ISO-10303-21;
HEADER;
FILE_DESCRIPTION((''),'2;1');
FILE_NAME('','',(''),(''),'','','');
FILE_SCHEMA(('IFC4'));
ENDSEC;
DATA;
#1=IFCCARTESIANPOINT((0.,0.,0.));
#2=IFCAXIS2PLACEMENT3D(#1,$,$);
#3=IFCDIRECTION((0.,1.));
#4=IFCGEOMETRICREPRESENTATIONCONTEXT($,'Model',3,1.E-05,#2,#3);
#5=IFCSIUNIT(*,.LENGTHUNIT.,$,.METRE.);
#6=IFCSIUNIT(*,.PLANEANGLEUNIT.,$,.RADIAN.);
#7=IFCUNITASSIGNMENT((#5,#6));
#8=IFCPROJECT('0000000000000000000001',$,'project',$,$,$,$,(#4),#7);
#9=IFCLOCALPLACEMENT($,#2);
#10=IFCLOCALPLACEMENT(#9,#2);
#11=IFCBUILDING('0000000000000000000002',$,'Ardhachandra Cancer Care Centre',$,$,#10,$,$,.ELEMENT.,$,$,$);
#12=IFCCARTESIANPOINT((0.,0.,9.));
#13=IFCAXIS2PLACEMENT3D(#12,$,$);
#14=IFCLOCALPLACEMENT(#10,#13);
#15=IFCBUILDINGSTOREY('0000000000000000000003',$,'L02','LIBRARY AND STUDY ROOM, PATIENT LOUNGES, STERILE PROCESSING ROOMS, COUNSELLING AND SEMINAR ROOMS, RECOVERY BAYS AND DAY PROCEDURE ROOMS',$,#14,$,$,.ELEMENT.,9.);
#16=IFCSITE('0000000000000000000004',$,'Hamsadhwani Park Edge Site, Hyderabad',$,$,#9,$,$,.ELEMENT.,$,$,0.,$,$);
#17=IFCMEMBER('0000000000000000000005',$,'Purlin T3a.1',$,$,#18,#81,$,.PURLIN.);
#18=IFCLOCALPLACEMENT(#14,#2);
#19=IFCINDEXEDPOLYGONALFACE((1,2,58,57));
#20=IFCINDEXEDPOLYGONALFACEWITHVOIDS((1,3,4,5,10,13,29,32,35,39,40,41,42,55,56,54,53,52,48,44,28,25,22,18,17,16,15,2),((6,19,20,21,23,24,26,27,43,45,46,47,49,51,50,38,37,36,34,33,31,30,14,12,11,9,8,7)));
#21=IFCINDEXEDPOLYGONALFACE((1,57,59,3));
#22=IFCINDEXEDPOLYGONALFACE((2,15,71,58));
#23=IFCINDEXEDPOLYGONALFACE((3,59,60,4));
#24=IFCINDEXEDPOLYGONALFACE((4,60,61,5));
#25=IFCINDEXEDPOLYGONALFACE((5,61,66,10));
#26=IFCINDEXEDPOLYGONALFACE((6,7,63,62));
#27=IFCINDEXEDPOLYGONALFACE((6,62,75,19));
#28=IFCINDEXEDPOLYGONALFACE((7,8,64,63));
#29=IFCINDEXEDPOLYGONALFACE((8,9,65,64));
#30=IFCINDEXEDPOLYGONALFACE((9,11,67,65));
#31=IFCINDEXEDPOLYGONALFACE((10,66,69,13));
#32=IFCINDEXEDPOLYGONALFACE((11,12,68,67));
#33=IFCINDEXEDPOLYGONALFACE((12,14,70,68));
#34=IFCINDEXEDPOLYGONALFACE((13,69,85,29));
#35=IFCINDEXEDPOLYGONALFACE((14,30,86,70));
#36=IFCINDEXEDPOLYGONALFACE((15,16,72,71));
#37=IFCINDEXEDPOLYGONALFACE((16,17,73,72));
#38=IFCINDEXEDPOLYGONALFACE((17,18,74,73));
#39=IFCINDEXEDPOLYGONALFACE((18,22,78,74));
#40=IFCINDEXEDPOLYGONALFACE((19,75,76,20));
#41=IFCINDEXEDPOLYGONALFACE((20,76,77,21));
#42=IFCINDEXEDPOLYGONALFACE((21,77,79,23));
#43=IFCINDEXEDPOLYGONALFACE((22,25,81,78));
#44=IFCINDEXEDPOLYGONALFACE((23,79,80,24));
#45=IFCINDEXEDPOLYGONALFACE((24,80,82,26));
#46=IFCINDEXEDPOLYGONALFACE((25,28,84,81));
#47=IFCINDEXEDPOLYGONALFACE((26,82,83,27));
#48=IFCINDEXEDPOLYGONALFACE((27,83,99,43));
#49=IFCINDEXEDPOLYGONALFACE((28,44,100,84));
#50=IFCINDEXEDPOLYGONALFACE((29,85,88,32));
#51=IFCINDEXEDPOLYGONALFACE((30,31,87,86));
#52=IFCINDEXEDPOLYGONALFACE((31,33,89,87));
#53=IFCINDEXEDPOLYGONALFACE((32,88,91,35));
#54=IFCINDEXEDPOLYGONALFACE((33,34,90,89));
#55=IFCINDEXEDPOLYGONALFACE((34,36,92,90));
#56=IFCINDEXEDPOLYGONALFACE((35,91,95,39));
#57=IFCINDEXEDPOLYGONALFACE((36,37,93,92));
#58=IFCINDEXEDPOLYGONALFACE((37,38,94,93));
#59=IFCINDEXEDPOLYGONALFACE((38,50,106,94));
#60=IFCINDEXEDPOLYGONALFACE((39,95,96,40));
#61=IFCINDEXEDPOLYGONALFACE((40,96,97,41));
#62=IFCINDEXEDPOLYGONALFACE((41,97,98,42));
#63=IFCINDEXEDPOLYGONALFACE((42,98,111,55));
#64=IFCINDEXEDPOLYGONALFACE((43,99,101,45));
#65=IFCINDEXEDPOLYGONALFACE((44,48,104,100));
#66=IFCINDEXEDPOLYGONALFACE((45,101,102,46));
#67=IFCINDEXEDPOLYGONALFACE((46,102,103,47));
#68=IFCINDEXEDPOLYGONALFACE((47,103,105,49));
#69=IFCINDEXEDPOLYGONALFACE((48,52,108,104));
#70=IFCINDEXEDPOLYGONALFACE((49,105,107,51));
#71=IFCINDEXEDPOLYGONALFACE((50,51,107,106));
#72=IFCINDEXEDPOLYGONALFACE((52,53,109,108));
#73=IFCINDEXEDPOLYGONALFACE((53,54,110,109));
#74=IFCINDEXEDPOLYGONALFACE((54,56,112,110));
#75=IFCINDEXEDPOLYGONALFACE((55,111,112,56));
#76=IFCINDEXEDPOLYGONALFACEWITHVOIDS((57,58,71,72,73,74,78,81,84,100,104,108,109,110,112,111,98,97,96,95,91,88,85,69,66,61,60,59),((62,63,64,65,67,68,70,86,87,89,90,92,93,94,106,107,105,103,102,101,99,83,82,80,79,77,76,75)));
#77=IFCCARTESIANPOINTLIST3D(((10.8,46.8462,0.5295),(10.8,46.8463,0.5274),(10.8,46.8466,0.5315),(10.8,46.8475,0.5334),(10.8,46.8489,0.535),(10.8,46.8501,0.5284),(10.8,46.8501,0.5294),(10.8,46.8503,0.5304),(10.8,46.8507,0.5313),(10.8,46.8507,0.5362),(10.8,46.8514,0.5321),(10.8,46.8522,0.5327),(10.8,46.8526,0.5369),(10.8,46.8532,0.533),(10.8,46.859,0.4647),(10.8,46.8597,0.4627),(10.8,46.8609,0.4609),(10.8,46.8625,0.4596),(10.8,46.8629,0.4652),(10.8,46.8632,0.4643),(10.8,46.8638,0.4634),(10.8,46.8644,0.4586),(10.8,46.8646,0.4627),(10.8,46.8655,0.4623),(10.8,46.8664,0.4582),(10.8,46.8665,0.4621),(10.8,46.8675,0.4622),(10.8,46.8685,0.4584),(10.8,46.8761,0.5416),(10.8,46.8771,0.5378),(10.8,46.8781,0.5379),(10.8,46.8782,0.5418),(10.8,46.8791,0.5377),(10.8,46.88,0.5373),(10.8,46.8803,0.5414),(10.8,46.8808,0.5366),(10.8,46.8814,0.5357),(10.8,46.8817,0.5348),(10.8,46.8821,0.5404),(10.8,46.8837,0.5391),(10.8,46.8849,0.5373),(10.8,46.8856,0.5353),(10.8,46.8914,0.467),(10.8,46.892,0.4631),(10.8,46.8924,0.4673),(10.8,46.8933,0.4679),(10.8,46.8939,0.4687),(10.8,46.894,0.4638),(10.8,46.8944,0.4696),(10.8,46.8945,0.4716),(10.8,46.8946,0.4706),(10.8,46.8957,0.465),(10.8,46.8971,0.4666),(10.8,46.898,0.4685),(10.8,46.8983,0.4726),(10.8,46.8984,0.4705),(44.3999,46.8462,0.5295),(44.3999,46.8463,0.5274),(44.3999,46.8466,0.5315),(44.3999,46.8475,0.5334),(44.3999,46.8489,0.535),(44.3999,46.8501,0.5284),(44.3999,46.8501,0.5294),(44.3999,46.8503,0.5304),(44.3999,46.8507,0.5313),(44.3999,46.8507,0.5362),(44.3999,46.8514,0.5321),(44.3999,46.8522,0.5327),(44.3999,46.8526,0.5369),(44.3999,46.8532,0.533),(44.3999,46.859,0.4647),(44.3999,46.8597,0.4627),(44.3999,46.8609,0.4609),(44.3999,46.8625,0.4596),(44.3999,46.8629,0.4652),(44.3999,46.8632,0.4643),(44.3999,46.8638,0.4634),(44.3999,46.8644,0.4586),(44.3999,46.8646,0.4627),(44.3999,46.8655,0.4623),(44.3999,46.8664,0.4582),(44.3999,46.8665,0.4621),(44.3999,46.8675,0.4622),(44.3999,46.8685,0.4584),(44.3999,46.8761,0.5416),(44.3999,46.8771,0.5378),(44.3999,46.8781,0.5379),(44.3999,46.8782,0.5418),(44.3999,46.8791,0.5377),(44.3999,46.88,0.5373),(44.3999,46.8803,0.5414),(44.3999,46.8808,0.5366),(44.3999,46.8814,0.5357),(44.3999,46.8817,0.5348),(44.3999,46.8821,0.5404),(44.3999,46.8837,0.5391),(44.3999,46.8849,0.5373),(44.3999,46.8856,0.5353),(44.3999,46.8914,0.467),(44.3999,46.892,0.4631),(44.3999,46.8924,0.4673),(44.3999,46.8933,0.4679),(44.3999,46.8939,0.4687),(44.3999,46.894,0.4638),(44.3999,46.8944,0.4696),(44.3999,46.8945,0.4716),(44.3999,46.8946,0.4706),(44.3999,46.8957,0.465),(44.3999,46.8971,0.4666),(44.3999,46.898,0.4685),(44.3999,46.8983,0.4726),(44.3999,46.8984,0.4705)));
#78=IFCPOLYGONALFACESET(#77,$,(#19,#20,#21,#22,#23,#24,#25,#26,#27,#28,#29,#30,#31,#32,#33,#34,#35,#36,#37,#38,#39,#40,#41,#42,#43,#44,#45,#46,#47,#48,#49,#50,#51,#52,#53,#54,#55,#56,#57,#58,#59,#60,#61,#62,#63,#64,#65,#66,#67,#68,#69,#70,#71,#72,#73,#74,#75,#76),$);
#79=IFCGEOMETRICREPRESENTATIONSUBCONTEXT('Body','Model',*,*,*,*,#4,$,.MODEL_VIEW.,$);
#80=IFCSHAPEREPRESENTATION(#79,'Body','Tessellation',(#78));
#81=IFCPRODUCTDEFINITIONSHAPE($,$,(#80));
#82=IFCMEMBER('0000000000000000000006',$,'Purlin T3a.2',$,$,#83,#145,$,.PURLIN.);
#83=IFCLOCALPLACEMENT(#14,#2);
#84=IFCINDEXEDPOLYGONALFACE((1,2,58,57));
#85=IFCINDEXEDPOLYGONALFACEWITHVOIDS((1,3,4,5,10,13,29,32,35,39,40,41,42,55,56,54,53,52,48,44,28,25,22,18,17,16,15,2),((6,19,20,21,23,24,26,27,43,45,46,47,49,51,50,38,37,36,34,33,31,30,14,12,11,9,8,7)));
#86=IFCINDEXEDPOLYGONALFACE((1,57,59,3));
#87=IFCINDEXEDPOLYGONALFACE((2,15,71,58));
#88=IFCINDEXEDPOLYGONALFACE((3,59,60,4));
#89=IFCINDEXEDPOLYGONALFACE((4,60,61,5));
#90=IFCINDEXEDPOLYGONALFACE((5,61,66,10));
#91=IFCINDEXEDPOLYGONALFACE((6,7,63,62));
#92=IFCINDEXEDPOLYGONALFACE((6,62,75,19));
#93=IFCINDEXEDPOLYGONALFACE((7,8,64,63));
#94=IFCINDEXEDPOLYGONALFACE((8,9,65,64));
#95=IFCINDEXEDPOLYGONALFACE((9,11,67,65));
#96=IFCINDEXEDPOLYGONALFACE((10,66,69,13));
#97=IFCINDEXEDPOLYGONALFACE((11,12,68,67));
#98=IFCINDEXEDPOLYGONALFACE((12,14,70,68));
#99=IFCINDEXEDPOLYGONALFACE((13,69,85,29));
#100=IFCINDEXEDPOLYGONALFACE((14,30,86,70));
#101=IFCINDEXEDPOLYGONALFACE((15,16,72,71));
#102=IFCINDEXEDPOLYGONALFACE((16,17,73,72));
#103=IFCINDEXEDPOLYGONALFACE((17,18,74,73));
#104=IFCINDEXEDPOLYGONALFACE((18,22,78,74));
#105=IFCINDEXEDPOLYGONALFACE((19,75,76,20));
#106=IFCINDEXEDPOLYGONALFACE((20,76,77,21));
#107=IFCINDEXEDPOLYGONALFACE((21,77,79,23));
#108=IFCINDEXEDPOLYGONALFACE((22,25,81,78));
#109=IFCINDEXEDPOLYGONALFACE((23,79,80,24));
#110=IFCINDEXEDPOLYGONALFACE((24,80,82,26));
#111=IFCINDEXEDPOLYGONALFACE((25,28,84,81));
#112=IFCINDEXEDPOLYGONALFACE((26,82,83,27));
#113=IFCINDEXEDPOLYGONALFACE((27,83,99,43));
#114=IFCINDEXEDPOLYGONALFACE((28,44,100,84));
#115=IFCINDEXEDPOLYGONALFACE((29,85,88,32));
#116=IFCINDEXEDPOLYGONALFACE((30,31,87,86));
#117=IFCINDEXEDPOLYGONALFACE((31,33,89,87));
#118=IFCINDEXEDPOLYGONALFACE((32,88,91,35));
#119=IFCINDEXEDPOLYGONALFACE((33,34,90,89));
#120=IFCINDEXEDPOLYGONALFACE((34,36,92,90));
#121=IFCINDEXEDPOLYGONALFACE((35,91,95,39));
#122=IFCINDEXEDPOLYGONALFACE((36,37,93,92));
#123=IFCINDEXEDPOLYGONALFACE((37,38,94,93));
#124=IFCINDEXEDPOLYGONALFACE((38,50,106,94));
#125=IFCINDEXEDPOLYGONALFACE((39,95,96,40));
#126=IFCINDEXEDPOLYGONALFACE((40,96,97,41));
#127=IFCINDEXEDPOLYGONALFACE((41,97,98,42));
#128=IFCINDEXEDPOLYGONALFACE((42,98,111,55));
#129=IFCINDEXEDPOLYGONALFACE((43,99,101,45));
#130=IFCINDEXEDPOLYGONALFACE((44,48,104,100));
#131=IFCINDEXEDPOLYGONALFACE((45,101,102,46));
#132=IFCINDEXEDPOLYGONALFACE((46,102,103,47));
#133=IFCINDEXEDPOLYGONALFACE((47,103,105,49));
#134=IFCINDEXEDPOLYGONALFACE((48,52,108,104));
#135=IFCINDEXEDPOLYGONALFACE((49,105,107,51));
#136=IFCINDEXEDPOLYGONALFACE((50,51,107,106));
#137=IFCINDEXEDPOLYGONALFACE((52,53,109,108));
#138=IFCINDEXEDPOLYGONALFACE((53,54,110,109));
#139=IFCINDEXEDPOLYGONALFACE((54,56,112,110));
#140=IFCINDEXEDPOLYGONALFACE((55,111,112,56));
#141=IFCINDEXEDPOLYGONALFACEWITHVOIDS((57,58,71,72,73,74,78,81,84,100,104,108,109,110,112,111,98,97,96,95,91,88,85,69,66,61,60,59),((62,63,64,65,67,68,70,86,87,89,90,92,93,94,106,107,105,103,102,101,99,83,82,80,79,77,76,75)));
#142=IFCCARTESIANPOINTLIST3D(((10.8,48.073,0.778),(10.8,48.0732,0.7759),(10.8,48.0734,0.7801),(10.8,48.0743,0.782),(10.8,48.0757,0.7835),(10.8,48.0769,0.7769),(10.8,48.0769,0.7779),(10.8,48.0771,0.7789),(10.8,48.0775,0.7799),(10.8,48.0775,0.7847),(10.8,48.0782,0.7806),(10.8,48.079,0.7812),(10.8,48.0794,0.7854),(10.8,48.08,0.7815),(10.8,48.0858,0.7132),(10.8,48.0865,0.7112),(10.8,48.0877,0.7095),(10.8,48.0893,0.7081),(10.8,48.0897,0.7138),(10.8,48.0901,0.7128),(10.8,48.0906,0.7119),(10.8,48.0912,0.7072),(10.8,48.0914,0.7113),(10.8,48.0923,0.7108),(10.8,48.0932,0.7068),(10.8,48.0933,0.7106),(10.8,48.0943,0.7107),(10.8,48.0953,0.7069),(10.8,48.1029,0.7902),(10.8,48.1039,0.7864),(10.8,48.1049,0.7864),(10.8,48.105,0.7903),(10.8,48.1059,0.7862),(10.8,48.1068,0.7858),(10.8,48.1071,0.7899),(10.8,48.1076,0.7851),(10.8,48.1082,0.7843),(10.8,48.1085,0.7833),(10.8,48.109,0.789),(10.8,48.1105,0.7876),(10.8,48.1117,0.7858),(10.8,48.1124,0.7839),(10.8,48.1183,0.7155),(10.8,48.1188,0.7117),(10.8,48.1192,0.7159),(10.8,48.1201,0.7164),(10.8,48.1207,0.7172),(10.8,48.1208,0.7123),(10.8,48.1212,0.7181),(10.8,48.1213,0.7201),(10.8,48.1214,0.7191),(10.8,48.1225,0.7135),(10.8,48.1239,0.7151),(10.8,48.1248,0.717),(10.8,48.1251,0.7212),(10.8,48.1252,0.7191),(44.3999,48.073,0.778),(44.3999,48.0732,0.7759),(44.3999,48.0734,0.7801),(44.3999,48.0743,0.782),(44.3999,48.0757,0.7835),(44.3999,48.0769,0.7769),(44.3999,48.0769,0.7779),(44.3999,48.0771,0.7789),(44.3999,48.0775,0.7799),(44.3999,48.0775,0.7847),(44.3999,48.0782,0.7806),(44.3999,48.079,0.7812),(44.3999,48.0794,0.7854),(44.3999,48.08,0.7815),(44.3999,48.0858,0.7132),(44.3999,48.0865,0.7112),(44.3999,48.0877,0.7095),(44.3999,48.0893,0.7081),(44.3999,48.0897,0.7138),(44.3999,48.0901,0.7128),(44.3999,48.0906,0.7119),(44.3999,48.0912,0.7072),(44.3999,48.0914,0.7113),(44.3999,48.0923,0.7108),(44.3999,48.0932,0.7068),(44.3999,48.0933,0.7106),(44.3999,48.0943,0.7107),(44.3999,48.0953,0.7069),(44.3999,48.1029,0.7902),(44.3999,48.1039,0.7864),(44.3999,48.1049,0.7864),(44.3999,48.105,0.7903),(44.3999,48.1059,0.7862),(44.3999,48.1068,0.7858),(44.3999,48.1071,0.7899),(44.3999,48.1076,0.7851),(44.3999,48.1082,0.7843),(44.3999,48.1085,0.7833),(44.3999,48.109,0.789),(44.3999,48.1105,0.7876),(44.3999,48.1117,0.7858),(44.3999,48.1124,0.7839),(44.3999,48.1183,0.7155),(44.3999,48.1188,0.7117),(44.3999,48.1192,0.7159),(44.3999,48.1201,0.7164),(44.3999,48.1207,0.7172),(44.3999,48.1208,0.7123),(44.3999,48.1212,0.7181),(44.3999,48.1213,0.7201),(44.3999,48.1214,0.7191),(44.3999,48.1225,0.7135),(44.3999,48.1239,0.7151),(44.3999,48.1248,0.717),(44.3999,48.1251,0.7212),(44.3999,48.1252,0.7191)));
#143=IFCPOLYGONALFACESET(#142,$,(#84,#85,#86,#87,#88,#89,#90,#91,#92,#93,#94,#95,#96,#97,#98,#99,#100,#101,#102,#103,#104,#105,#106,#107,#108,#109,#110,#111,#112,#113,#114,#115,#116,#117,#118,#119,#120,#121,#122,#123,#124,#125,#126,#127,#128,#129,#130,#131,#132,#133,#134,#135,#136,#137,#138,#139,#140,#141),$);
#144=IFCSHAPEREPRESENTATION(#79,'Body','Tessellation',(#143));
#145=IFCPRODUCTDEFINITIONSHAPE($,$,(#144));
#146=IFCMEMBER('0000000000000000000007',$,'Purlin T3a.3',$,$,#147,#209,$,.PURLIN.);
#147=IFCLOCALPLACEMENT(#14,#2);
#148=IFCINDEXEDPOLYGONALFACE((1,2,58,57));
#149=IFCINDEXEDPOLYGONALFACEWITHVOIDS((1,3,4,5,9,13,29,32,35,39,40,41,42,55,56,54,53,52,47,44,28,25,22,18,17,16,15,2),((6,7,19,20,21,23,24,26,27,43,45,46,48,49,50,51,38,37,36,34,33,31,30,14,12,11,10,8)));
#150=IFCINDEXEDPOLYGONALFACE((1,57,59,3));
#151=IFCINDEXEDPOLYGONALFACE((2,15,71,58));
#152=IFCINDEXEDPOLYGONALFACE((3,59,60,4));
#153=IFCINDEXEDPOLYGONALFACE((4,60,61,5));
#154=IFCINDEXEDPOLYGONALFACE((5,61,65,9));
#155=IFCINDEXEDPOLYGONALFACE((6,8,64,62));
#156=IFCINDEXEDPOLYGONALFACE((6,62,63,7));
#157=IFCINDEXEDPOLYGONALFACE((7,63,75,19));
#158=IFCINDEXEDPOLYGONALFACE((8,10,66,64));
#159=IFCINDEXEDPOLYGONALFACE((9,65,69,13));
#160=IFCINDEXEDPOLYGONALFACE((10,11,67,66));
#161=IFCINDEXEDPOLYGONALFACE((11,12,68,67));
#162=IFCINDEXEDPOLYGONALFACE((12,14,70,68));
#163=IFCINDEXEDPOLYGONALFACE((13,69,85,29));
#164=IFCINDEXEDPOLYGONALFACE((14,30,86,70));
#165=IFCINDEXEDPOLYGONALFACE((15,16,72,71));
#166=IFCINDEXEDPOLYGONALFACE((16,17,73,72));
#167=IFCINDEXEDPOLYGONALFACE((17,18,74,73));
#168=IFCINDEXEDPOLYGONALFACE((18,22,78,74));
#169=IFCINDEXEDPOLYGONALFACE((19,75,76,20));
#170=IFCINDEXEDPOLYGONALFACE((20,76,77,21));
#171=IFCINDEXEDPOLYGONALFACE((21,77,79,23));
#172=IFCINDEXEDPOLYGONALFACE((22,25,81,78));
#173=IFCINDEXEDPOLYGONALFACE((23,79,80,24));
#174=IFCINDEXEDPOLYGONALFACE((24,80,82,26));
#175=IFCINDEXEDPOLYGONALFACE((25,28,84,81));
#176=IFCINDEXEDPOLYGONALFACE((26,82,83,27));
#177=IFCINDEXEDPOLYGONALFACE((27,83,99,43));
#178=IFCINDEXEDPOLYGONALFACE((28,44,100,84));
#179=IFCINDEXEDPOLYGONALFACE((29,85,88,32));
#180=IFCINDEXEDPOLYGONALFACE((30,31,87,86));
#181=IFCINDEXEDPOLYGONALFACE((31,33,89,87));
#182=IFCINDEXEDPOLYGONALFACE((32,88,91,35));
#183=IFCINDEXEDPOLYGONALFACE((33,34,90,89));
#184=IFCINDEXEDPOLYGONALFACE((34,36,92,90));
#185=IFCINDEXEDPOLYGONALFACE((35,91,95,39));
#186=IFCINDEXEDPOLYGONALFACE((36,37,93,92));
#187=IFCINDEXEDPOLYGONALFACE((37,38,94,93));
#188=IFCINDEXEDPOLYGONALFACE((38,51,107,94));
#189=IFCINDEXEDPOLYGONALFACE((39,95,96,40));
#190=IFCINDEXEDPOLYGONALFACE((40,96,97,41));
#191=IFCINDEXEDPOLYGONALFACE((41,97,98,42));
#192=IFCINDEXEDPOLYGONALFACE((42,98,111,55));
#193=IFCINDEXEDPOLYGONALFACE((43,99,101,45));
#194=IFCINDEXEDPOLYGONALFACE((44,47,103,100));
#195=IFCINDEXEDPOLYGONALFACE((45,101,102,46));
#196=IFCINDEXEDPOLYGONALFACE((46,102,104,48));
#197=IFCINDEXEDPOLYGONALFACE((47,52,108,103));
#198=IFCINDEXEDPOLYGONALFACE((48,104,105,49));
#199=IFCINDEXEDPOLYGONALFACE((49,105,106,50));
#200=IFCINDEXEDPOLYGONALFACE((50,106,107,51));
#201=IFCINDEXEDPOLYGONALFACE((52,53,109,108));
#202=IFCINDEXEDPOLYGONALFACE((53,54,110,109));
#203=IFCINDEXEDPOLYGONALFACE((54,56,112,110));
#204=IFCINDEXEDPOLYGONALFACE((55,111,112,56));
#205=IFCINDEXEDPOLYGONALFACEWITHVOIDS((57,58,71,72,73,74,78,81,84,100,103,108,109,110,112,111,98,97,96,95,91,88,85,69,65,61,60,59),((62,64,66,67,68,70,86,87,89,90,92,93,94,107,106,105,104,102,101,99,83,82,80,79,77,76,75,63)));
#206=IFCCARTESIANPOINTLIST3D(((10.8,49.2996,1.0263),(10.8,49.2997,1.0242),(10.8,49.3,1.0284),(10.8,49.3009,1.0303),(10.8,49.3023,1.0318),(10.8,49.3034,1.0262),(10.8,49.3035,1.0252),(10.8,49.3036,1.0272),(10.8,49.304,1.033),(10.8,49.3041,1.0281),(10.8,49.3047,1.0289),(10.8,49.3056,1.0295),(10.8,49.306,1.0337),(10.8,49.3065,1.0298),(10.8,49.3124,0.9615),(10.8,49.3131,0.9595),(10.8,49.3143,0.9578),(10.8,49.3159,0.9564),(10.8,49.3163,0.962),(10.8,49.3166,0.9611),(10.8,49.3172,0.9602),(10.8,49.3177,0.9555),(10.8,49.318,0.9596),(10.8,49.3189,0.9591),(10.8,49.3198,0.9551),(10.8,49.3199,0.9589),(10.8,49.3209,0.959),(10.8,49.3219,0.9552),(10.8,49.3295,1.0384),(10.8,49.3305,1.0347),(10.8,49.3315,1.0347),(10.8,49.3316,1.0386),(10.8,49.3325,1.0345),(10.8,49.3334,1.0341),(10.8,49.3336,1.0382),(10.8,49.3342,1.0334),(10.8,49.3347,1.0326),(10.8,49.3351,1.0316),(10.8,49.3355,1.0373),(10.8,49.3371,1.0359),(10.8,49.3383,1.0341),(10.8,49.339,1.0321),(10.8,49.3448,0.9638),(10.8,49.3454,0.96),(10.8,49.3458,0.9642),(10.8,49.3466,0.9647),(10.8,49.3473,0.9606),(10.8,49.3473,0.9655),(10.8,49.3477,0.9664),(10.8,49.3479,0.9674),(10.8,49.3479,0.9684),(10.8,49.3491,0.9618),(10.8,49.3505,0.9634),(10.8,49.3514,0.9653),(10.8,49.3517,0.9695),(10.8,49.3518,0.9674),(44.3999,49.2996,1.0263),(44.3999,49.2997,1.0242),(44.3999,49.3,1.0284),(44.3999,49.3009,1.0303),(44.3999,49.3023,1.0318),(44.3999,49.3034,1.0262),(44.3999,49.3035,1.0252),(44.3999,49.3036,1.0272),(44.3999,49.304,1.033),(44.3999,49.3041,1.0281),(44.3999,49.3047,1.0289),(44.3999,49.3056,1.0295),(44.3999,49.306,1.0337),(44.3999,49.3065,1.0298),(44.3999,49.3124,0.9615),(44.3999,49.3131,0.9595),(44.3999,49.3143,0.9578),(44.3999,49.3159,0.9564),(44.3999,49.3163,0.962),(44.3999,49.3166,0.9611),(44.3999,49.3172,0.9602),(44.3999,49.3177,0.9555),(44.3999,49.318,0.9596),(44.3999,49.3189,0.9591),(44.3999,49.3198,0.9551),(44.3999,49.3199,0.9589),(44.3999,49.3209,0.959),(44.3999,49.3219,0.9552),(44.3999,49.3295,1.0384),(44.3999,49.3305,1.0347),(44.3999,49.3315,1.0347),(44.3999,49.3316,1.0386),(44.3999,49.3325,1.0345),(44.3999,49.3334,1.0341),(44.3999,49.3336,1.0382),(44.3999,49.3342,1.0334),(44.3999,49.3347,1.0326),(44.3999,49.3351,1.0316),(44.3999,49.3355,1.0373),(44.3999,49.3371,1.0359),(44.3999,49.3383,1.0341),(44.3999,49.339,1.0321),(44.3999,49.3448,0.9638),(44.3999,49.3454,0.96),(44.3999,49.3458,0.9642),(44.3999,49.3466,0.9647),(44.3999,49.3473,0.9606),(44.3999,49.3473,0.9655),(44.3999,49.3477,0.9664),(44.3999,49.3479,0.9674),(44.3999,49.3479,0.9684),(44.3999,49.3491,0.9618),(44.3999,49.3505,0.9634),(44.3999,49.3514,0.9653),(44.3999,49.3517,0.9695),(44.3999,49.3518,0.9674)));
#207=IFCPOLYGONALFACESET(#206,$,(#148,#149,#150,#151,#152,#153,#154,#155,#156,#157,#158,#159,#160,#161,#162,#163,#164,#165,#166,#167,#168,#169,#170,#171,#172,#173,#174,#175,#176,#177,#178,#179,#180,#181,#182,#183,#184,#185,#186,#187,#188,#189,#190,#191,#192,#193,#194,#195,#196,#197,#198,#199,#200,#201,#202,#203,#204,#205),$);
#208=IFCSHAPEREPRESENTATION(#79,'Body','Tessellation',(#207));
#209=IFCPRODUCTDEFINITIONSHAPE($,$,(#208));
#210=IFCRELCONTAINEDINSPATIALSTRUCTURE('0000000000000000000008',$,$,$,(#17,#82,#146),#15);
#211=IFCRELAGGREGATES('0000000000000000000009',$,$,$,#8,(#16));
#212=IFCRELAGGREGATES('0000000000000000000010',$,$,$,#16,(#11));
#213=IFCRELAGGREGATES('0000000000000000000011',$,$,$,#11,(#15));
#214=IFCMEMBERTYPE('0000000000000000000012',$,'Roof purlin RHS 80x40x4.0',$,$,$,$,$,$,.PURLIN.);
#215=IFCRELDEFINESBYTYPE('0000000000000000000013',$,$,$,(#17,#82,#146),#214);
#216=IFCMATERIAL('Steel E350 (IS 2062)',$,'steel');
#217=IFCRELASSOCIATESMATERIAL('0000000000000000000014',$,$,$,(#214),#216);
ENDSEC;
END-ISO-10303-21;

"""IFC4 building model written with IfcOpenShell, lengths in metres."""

from ifc_helpers import new_model, si_unit, direction, frame, origin, origin_2d, place, context, subcontext, project, spatial, hollow_rectangle, extrude, material, material_profile, profile_set, type_object, element, save


model = new_model("IFC4")

# Units and contexts
model_context = context("Model", 3, precision=1e-05, world=origin(), true_north=direction((0.0, 1.0)))
body_context = subcontext(model_context, "Body", "Model", "MODEL_VIEW")
ifc_project = project(units=[si_unit("LENGTHUNIT", "METRE"), si_unit("PLANEANGLEUNIT", "RADIAN")], contexts=[model_context])

# Site, building, storey
site_placement = place(None, origin())
site = spatial("IfcSite", under=ifc_project, at=site_placement, Name="Hamsadhwani Park Edge Site, Hyderabad", CompositionType="ELEMENT", RefElevation=0.0)
building_placement = place(site_placement, origin())
building = spatial("IfcBuilding", under=site, at=building_placement, Name="Ardhachandra Cancer Care Centre", CompositionType="ELEMENT")
storey_placement = place(building_placement, frame((0.0, 0.0, 9.0)))
storey = spatial("IfcBuildingStorey", under=building, at=storey_placement, Name="L02", Description="LIBRARY AND STUDY ROOM, PATIENT LOUNGES, STERILE PROCESSING ROOMS, COUNSELLING AND SEMINAR ROOMS, RECOVERY BAYS AND DAY PROCEDURE ROOMS", CompositionType="ELEMENT", Elevation=9.0)

# Members
ifc_material_1 = material(Name="Steel E350 (IS 2062)", Category="steel")
ifc_material_profile_1 = material_profile(ifc_material_1, hollow_rectangle(XDim=0.04, YDim=0.0801, WallThickness=0.0039, InnerFilletRadius=0.0039, OuterFilletRadius=0.0081, at=origin_2d()), Name="RHS 80x40x4.0")
ifc_profile_set_1 = profile_set([ifc_material_profile_1], Name="Steel E350 (IS 2062)")
member_type_1 = type_object("IfcMemberType", Name="Roof purlin RHS 80x40x4.0", PredefinedType="PURLIN", material=ifc_profile_set_1)
for number, where, z_axis, x_axis, name in (
    (1, (10.8, 46.8723, 0.5), (1.0, 0.0, 0.0), (0.0, 0.980107, 0.198472), "Purlin T3a.1"),
    (2, (10.8, 48.0991, 0.7485), (1.0, 0.0, 0.0), (0.0, 0.980107, 0.198472), "Purlin T3a.2"),
    (3, (10.8, 49.3257, 0.9968), (1.0, 0.0, 0.0), (0.0, 0.980107, 0.198472), "Purlin T3a.3"),
):
    element("IfcMember", number, at=place(storey_placement, frame(where, z_axis=z_axis, x_axis=x_axis)), inside=storey, type_object=member_type_1, Name=name, PredefinedType="PURLIN", context=body_context, shape_type="SweptSolid", body=[
        extrude(hollow_rectangle(XDim=0.04, YDim=0.0801, WallThickness=0.0039, InnerFilletRadius=0.0039, OuterFilletRadius=0.0081, at=origin_2d()), origin(), (0.0, 0.0, 1.0), 33.5999),
    ])

save(model, "model.ifc")
